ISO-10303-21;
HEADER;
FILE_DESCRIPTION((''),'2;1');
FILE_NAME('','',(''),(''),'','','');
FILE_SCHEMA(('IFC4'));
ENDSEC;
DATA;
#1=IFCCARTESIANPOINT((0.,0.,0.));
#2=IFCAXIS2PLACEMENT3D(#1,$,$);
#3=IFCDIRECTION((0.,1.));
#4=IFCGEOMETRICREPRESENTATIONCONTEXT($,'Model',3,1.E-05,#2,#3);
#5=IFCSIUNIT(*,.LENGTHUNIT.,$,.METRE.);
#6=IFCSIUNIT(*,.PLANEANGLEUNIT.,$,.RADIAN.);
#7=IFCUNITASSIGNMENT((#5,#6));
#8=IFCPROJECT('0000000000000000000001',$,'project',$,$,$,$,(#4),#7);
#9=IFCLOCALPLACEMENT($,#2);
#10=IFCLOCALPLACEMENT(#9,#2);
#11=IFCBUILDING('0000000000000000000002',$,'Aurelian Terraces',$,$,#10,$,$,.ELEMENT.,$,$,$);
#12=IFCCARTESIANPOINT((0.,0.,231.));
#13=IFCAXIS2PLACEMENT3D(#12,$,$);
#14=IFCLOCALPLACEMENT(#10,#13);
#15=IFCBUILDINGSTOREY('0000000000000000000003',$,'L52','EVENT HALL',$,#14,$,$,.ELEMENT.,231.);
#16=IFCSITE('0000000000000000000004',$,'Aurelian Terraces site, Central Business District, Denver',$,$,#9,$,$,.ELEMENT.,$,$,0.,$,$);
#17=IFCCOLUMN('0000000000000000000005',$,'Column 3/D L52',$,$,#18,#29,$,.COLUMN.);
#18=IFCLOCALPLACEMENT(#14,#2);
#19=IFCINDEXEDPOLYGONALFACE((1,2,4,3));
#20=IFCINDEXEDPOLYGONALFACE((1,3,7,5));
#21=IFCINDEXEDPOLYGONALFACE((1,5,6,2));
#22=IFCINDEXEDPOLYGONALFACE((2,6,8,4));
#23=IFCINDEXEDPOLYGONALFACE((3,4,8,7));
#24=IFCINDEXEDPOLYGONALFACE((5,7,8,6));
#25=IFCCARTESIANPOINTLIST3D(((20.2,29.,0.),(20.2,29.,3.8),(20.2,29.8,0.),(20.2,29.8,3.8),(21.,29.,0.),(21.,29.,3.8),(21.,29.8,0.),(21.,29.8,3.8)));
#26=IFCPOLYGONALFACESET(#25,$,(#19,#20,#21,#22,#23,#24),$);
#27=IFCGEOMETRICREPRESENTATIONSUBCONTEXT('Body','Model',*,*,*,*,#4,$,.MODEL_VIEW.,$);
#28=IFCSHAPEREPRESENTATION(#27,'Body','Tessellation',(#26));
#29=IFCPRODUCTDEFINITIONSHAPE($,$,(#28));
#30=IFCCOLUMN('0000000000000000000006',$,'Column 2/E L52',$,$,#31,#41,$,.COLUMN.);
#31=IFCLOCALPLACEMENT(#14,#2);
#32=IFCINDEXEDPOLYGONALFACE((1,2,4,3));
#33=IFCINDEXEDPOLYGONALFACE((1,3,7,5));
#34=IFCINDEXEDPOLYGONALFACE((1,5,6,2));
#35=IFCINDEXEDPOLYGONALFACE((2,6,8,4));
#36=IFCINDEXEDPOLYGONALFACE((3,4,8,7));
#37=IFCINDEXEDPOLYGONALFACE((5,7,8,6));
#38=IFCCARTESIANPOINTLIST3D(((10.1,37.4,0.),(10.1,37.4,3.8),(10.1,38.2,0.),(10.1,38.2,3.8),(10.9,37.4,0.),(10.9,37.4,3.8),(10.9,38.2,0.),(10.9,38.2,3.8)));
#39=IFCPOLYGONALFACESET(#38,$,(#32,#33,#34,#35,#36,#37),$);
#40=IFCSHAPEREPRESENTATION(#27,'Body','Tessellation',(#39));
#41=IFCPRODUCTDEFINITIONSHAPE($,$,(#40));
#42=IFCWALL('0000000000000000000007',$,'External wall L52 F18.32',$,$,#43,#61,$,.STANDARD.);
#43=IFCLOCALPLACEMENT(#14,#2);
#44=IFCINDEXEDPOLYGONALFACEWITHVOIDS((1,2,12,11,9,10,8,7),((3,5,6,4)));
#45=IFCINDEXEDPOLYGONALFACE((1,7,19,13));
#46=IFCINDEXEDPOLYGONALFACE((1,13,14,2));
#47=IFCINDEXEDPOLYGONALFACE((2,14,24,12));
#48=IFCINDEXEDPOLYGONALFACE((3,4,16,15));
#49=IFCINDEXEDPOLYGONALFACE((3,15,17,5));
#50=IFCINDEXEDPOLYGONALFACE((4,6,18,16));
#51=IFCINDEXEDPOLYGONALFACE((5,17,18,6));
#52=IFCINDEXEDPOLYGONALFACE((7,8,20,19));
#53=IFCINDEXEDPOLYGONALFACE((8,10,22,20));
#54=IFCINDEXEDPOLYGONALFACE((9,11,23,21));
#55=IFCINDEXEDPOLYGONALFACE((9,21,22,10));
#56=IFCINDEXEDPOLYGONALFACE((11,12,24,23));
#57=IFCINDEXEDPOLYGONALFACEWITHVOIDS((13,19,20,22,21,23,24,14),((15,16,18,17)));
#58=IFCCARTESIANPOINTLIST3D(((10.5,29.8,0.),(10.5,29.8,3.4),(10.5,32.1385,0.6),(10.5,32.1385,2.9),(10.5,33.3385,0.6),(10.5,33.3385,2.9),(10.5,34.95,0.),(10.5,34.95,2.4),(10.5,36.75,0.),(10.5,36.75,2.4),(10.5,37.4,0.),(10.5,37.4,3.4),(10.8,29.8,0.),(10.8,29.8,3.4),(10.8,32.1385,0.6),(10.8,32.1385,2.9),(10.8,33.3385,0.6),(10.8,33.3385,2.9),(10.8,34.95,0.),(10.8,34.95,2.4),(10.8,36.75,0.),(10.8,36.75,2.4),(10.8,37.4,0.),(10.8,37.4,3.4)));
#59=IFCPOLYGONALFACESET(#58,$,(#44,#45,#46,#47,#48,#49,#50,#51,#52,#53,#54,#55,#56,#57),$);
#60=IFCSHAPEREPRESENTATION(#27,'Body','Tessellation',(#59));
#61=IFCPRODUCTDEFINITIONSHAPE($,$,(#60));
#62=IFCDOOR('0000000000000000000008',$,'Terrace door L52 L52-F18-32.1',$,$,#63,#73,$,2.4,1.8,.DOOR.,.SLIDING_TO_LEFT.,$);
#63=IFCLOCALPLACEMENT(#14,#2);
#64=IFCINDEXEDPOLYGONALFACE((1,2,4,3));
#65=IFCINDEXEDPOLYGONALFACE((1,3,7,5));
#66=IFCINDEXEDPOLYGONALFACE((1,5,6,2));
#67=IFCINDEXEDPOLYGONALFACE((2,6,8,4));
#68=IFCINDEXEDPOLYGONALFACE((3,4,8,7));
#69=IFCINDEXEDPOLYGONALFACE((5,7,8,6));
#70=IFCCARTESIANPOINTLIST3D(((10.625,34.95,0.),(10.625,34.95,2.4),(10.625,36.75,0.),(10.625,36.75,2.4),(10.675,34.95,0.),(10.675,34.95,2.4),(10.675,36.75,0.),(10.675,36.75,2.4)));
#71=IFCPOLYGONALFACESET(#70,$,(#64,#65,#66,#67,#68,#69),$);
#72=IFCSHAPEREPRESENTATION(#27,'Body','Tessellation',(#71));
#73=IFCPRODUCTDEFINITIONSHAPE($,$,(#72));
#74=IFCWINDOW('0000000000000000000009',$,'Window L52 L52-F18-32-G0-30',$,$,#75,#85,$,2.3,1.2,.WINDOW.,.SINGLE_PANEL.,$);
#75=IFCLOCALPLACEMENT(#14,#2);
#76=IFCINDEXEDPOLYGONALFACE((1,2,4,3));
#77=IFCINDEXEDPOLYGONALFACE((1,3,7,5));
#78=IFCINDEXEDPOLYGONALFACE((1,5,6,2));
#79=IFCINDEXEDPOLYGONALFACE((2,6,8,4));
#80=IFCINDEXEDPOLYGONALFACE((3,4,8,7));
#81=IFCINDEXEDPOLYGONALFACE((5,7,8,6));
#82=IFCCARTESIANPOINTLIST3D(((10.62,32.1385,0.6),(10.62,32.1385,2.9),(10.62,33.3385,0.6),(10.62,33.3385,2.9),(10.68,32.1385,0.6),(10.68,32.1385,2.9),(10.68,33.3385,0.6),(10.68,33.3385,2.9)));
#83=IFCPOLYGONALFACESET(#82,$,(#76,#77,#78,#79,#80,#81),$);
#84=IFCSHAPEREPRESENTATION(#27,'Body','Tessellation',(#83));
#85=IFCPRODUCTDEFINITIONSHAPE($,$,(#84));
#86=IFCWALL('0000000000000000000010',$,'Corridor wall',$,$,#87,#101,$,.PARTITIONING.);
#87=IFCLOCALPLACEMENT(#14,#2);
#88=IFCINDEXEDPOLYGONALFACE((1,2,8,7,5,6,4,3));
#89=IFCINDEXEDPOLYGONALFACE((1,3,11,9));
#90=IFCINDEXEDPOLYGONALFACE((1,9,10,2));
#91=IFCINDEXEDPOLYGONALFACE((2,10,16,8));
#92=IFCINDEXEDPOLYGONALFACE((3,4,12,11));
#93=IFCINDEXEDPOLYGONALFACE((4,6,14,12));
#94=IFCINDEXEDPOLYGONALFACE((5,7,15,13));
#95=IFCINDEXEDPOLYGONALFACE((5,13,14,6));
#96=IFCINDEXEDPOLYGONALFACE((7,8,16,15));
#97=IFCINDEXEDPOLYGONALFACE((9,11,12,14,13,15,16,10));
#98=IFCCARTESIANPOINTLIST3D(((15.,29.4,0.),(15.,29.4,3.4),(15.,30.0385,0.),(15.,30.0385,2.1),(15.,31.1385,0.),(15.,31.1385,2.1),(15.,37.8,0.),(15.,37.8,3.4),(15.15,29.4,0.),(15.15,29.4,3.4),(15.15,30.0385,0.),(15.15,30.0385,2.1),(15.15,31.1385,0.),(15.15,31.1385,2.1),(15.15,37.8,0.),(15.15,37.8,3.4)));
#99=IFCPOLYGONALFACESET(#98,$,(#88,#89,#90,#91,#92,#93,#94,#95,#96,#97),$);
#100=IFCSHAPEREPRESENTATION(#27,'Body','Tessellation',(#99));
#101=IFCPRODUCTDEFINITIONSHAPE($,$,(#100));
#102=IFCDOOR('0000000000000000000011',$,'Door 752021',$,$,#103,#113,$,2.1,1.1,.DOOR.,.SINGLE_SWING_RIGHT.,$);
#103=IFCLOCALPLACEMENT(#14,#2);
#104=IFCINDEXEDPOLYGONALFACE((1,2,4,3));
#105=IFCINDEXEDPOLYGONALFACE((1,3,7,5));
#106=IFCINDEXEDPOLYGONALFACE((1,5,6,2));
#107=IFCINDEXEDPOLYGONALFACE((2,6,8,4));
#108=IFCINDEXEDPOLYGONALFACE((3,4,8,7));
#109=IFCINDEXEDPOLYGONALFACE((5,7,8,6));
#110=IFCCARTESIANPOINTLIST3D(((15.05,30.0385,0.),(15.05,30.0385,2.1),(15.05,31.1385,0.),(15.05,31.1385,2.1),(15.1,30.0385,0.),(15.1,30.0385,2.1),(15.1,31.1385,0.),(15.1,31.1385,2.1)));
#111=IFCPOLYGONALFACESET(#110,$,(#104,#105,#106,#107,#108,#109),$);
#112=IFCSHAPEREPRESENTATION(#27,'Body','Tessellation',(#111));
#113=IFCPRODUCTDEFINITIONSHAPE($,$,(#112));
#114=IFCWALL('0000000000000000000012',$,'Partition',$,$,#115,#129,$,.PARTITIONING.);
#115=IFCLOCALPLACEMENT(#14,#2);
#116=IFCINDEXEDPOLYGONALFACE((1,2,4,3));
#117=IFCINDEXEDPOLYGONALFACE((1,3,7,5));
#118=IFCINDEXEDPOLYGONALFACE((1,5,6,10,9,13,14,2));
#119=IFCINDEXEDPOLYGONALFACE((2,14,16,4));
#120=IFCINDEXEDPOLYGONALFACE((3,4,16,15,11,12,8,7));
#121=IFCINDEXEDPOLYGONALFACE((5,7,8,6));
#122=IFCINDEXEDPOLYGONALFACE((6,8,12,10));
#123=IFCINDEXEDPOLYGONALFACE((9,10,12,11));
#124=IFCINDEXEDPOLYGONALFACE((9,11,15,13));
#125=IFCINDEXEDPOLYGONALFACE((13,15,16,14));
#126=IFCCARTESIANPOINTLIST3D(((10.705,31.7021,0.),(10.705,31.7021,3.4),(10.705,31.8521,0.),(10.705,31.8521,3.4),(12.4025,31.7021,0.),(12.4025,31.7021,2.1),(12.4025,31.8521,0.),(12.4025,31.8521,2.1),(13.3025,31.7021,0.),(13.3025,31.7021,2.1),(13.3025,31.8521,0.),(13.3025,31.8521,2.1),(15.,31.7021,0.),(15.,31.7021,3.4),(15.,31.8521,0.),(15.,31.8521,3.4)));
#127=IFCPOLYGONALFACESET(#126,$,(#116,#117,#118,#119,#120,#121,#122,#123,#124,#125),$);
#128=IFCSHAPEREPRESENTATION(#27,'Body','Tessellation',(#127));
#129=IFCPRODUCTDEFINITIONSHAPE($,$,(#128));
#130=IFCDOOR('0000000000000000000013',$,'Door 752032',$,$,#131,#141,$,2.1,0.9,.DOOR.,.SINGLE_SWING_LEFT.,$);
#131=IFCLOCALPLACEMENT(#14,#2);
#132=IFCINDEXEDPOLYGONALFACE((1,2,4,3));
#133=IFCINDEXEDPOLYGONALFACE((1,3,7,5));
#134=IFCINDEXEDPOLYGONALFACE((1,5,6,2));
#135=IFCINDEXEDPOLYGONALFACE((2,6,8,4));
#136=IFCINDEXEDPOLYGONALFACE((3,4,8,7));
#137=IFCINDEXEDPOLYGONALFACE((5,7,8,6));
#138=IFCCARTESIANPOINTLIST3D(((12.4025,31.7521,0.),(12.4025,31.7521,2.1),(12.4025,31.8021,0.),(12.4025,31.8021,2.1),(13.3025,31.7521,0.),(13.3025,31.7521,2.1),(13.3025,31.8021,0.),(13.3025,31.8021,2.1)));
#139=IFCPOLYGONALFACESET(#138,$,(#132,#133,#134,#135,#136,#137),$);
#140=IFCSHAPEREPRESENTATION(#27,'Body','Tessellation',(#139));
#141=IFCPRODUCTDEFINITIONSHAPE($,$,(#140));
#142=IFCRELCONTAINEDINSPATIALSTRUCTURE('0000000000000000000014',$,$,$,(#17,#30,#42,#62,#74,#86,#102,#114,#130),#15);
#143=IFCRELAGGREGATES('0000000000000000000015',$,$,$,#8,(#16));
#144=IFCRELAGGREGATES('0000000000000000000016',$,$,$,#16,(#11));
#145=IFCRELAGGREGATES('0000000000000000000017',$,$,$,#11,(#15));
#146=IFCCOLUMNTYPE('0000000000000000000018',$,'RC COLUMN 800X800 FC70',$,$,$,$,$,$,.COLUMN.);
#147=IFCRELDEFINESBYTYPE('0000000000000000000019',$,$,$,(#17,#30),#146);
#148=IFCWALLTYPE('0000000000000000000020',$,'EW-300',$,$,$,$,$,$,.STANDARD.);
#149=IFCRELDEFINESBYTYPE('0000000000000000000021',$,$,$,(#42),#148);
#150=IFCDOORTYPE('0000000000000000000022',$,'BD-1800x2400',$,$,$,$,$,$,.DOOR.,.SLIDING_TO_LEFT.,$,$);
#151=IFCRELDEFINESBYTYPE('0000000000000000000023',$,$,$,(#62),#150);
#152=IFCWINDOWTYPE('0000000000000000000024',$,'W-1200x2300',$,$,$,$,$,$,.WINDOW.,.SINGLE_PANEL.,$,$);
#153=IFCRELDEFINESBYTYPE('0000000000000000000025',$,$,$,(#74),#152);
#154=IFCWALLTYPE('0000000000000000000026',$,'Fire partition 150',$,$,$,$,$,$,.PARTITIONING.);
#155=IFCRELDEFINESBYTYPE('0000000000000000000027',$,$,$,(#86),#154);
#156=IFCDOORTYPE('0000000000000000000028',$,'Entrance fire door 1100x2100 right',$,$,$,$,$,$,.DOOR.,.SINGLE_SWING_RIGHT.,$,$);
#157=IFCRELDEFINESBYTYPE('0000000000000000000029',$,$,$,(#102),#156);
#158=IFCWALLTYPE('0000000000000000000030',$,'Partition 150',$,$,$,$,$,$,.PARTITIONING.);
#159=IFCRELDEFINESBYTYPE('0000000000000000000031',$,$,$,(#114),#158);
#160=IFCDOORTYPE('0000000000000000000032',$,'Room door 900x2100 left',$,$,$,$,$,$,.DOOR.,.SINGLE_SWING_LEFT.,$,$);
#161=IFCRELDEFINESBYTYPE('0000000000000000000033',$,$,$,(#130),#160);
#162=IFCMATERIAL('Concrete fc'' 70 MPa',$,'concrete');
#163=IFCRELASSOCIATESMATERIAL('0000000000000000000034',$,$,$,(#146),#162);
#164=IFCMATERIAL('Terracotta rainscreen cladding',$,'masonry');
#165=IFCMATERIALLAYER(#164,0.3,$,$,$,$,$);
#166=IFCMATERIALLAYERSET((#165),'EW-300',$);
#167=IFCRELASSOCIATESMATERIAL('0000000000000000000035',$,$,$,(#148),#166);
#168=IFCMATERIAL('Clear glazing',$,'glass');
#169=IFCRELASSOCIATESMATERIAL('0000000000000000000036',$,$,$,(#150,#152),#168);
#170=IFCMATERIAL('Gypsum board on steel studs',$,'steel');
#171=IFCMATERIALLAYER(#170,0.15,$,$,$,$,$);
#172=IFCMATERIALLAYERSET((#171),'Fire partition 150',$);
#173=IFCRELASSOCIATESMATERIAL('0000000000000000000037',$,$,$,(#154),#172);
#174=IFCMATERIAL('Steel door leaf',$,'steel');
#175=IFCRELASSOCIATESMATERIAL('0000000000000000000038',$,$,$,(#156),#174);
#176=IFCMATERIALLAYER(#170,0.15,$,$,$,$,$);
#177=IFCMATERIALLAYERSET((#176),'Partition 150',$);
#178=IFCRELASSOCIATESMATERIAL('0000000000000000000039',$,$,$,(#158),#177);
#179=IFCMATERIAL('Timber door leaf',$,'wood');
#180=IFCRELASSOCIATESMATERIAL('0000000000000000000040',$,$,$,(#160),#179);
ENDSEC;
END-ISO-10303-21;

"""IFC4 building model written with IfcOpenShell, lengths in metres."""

from ifc_helpers import new_model, si_unit, direction, frame, frame_2d, origin, origin_2d, place, context, subcontext, project, spatial, rectangle, extrude, source, transform, mapped, material, layer, layer_set, material_profile, profile_set, type_object, element, fill, save


model = new_model("IFC4")

# Units and contexts
model_context = context("Model", 3, precision=1e-05, world=origin(), true_north=direction((0.0, 1.0)))
body_context = subcontext(model_context, "Body", "Model", "MODEL_VIEW")
ifc_project = project(units=[si_unit("LENGTHUNIT", "METRE"), si_unit("PLANEANGLEUNIT", "RADIAN")], contexts=[model_context])

# Site, building, storey
site_placement = place(None, origin())
site = spatial("IfcSite", under=ifc_project, at=site_placement, Name="Aurelian Terraces site, Central Business District, Denver", CompositionType="ELEMENT", RefElevation=0.0)
building_placement = place(site_placement, origin())
building = spatial("IfcBuilding", under=site, at=building_placement, Name="Aurelian Terraces", CompositionType="ELEMENT")
storey_placement = place(building_placement, frame((0.0, 0.0, 231.0)))
storey = spatial("IfcBuildingStorey", under=building, at=storey_placement, Name="L52", Description="EVENT HALL", CompositionType="ELEMENT", Elevation=231.0)

# Columns
ifc_material_1 = material(Name="Concrete fc' 70 MPa", Category="concrete")
ifc_material_profile = material_profile(ifc_material_1, rectangle(XDim=0.8, YDim=0.8, at=origin_2d()))
ifc_profile_set = profile_set([ifc_material_profile], Name="Concrete fc' 70 MPa")
column_type = type_object("IfcColumnType", Name="RC COLUMN 800X800 FC70", PredefinedType="COLUMN", material=ifc_profile_set)
shared_shape_1 = source(origin(), body_context, "Body", "SweptSolid", [
    extrude(rectangle(XDim=0.8, YDim=0.8, at=origin_2d()), origin(), (0.0, 0.0, 1.0), 3.8),
])
for number, where, z_axis, x_axis, name in (
    (1, (20.6, 29.4, 0.0), (0.0, 0.0, 1.0), (1.0, 0.0, 0.0), "Column 3/D L52"),
    (2, (10.5, 37.8, 0.0), (0.0, 0.0, 1.0), (1.0, 0.0, 0.0), "Column 2/E L52"),
):
    element("IfcColumn", number, at=place(storey_placement, frame(where, z_axis=z_axis, x_axis=x_axis)), inside=storey, type_object=column_type, Name=name, PredefinedType="COLUMN", context=body_context, shape_type="MappedRepresentation", body=[
        mapped(shared_shape_1, transform((0.0, 0.0, 0.0), scale=1.0)),
    ])

# Wall, openings, door, window
ifc_material_2 = material(Name="Terracotta rainscreen cladding", Category="masonry")
ifc_layer_1 = layer(ifc_material_2, 0.3)
ifc_layer_set_1 = layer_set([ifc_layer_1], Name="EW-300")
wall_type_1 = type_object("IfcWallType", Name="EW-300", PredefinedType="STANDARD", material=ifc_layer_set_1)
shared_shape_2 = source(origin(), body_context, "Body", "SweptSolid", [
    extrude(rectangle(XDim=7.6, YDim=0.3, at=frame_2d((3.8, 0.0))), origin(), (0.0, 0.0, 1.0), 3.4),
])
wall_1_placement = place(storey_placement, frame((10.65, 37.4, 0.0), z_axis=(0.0, 0.0, 1.0), x_axis=(0.0, -1.0, 0.0)))
wall_1 = element("IfcWall", 3, at=wall_1_placement, inside=storey, type_object=wall_type_1, Name="External wall L52 F18.32", PredefinedType="STANDARD", context=body_context, shape_type="MappedRepresentation", body=[
    mapped(shared_shape_2, transform((0.0, 0.0, 0.0), scale=1.0)),
])
shared_shape_3 = source(origin(), body_context, "Body", "SweptSolid", [
    extrude(rectangle(XDim=1.8, YDim=2.4, at=frame_2d((0.9, 1.2))), frame((0.0, 0.16, 0.0), z_axis=(0.0, -1.0, 0.0), x_axis=(1.0, 0.0, 0.0)), (0.0, 0.0, 1.0), 0.32),
])
opening_1_placement = place(wall_1_placement, frame((0.65, 0.0, 0.0)))
opening_1 = element("IfcOpeningElement", 4, at=opening_1_placement, cuts=wall_1, PredefinedType="OPENING", context=body_context, shape_type="MappedRepresentation", body=[
    mapped(shared_shape_3, transform((0.0, 0.0, 0.0), scale=1.0)),
])
shared_shape_4 = source(origin(), body_context, "Body", "SweptSolid", [
    extrude(rectangle(XDim=1.2, YDim=2.3, at=frame_2d((0.6, 1.15))), frame((0.0, 0.16, 0.0), z_axis=(0.0, -1.0, 0.0), x_axis=(1.0, 0.0, 0.0)), (0.0, 0.0, 1.0), 0.32),
])
opening_2_placement = place(wall_1_placement, frame((4.0615, 0.0, 0.6)))
opening_2 = element("IfcOpeningElement", 5, at=opening_2_placement, cuts=wall_1, PredefinedType="OPENING", context=body_context, shape_type="MappedRepresentation", body=[
    mapped(shared_shape_4, transform((0.0, 0.0, 0.0), scale=1.0)),
])
ifc_material_3 = material(Name="Clear glazing", Category="glass")
door_type_1 = type_object("IfcDoorType", Name="BD-1800x2400", OperationType="SLIDING_TO_LEFT", PredefinedType="DOOR", material=ifc_material_3)
shared_shape_5 = source(origin(), body_context, "Body", "SweptSolid", [
    extrude(rectangle(XDim=1.8, YDim=2.4, at=frame_2d((0.9, 1.2))), frame((0.0, 0.025, 0.0), z_axis=(0.0, -1.0, 0.0), x_axis=(1.0, 0.0, 0.0)), (0.0, 0.0, 1.0), 0.05),
])
door_1_placement = place(opening_1_placement, origin())
door_1 = element("IfcDoor", 6, at=door_1_placement, inside=storey, type_object=door_type_1, Name="Terrace door L52 L52-F18-32.1", OperationType="SLIDING_TO_LEFT", OverallHeight=2.4, OverallWidth=1.8, PredefinedType="DOOR", context=body_context, shape_type="MappedRepresentation", body=[
    mapped(shared_shape_5, transform((0.0, 0.0, 0.0), scale=1.0)),
])
fill(opening_1, door_1)
window_type = type_object("IfcWindowType", Name="W-1200x2300", PartitioningType="SINGLE_PANEL", PredefinedType="WINDOW", material=ifc_material_3)
shared_shape_6 = source(origin(), body_context, "Body", "SweptSolid", [
    extrude(rectangle(XDim=1.2, YDim=2.3, at=frame_2d((0.6, 1.15))), frame((0.0, 0.03, 0.0), z_axis=(0.0, -1.0, 0.0), x_axis=(1.0, 0.0, 0.0)), (0.0, 0.0, 1.0), 0.06),
])
window_placement = place(opening_2_placement, origin())
window = element("IfcWindow", 7, at=window_placement, inside=storey, type_object=window_type, Name="Window L52 L52-F18-32-G0-30", OverallHeight=2.3, OverallWidth=1.2, PartitioningType="SINGLE_PANEL", PredefinedType="WINDOW", context=body_context, shape_type="MappedRepresentation", body=[
    mapped(shared_shape_6, transform((0.0, 0.0, 0.0), scale=1.0)),
])
fill(opening_2, window)

# Walls, openings, doors
ifc_material_4 = material(Name="Gypsum board on steel studs", Category="steel")
ifc_layer_2 = layer(ifc_material_4, 0.15)
ifc_layer_set_2 = layer_set([ifc_layer_2], Name="Fire partition 150")
wall_type_2 = type_object("IfcWallType", Name="Fire partition 150", PredefinedType="PARTITIONING", material=ifc_layer_set_2)
shared_shape_7 = source(origin(), body_context, "Body", "SweptSolid", [
    extrude(rectangle(XDim=8.4, YDim=0.15, at=frame_2d((4.2, 0.0))), origin(), (0.0, 0.0, 1.0), 3.4),
])
wall_2_placement = place(storey_placement, frame((15.075, 29.4, 0.0), z_axis=(0.0, 0.0, 1.0), x_axis=(0.0, 1.0, 0.0)))
wall_2 = element("IfcWall", 8, at=wall_2_placement, inside=storey, type_object=wall_type_2, Name="Corridor wall", PredefinedType="PARTITIONING", context=body_context, shape_type="MappedRepresentation", body=[
    mapped(shared_shape_7, transform((0.0, 0.0, 0.0), scale=1.0)),
])
shared_shape_8 = source(origin(), body_context, "Body", "SweptSolid", [
    extrude(rectangle(XDim=1.1, YDim=2.1, at=frame_2d((0.55, 1.05))), frame((0.0, 0.085, 0.0), z_axis=(0.0, -1.0, 0.0), x_axis=(1.0, 0.0, 0.0)), (0.0, 0.0, 1.0), 0.17),
])
opening_3_placement = place(wall_2_placement, frame((0.6385, 0.0, 0.0)))
opening_3 = element("IfcOpeningElement", 9, at=opening_3_placement, cuts=wall_2, PredefinedType="OPENING", context=body_context, shape_type="MappedRepresentation", body=[
    mapped(shared_shape_8, transform((0.0, 0.0, 0.0), scale=1.0)),
])
ifc_material_5 = material(Name="Steel door leaf", Category="steel")
door_type_2 = type_object("IfcDoorType", Name="Entrance fire door 1100x2100 right", OperationType="SINGLE_SWING_RIGHT", PredefinedType="DOOR", material=ifc_material_5)
shared_shape_9 = source(origin(), body_context, "Body", "SweptSolid", [
    extrude(rectangle(XDim=1.1, YDim=2.1, at=frame_2d((0.55, 1.05))), frame((0.0, 0.025, 0.0), z_axis=(0.0, -1.0, 0.0), x_axis=(1.0, 0.0, 0.0)), (0.0, 0.0, 1.0), 0.05),
])
door_2_placement = place(opening_3_placement, origin())
door_2 = element("IfcDoor", 10, at=door_2_placement, inside=storey, type_object=door_type_2, Name="Door 752021", OperationType="SINGLE_SWING_RIGHT", OverallHeight=2.1, OverallWidth=1.1, PredefinedType="DOOR", context=body_context, shape_type="MappedRepresentation", body=[
    mapped(shared_shape_9, transform((0.0, 0.0, 0.0), scale=1.0)),
])
fill(opening_3, door_2)
ifc_layer_3 = layer(ifc_material_4, 0.15)
ifc_layer_set_3 = layer_set([ifc_layer_3], Name="Partition 150")
wall_type_3 = type_object("IfcWallType", Name="Partition 150", PredefinedType="PARTITIONING", material=ifc_layer_set_3)
shared_shape_10 = source(origin(), body_context, "Body", "SweptSolid", [
    extrude(rectangle(XDim=4.295, YDim=0.15, at=frame_2d((2.1475, 0.0))), origin(), (0.0, 0.0, 1.0), 3.4),
])
wall_3_placement = place(storey_placement, frame((15.0, 31.7771, 0.0), z_axis=(0.0, 0.0, 1.0), x_axis=(-1.0, 0.0, 0.0)))
wall_3 = element("IfcWall", 11, at=wall_3_placement, inside=storey, type_object=wall_type_3, Name="Partition", PredefinedType="PARTITIONING", context=body_context, shape_type="MappedRepresentation", body=[
    mapped(shared_shape_10, transform((0.0, 0.0, 0.0), scale=1.0)),
])
shared_shape_11 = source(origin(), body_context, "Body", "SweptSolid", [
    extrude(rectangle(XDim=0.9, YDim=2.1, at=frame_2d((0.45, 1.05))), frame((0.0, 0.085, 0.0), z_axis=(0.0, -1.0, 0.0), x_axis=(1.0, 0.0, 0.0)), (0.0, 0.0, 1.0), 0.17),
])
opening_4_placement = place(wall_3_placement, frame((1.6975, 0.0, 0.0)))
opening_4 = element("IfcOpeningElement", 12, at=opening_4_placement, cuts=wall_3, PredefinedType="OPENING", context=body_context, shape_type="MappedRepresentation", body=[
    mapped(shared_shape_11, transform((0.0, 0.0, 0.0), scale=1.0)),
])
ifc_material_6 = material(Name="Timber door leaf", Category="wood")
door_type_3 = type_object("IfcDoorType", Name="Room door 900x2100 left", OperationType="SINGLE_SWING_LEFT", PredefinedType="DOOR", material=ifc_material_6)
shared_shape_12 = source(origin(), body_context, "Body", "SweptSolid", [
    extrude(rectangle(XDim=0.9, YDim=2.1, at=frame_2d((0.45, 1.05))), frame((0.0, 0.025, 0.0), z_axis=(0.0, -1.0, 0.0), x_axis=(1.0, 0.0, 0.0)), (0.0, 0.0, 1.0), 0.05),
])
door_3_placement = place(opening_4_placement, origin())
door_3 = element("IfcDoor", 13, at=door_3_placement, inside=storey, type_object=door_type_3, Name="Door 752032", OperationType="SINGLE_SWING_LEFT", OverallHeight=2.1, OverallWidth=0.9, PredefinedType="DOOR", context=body_context, shape_type="MappedRepresentation", body=[
    mapped(shared_shape_12, transform((0.0, 0.0, 0.0), scale=1.0)),
])
fill(opening_4, door_3)

save(model, "model.ifc")
